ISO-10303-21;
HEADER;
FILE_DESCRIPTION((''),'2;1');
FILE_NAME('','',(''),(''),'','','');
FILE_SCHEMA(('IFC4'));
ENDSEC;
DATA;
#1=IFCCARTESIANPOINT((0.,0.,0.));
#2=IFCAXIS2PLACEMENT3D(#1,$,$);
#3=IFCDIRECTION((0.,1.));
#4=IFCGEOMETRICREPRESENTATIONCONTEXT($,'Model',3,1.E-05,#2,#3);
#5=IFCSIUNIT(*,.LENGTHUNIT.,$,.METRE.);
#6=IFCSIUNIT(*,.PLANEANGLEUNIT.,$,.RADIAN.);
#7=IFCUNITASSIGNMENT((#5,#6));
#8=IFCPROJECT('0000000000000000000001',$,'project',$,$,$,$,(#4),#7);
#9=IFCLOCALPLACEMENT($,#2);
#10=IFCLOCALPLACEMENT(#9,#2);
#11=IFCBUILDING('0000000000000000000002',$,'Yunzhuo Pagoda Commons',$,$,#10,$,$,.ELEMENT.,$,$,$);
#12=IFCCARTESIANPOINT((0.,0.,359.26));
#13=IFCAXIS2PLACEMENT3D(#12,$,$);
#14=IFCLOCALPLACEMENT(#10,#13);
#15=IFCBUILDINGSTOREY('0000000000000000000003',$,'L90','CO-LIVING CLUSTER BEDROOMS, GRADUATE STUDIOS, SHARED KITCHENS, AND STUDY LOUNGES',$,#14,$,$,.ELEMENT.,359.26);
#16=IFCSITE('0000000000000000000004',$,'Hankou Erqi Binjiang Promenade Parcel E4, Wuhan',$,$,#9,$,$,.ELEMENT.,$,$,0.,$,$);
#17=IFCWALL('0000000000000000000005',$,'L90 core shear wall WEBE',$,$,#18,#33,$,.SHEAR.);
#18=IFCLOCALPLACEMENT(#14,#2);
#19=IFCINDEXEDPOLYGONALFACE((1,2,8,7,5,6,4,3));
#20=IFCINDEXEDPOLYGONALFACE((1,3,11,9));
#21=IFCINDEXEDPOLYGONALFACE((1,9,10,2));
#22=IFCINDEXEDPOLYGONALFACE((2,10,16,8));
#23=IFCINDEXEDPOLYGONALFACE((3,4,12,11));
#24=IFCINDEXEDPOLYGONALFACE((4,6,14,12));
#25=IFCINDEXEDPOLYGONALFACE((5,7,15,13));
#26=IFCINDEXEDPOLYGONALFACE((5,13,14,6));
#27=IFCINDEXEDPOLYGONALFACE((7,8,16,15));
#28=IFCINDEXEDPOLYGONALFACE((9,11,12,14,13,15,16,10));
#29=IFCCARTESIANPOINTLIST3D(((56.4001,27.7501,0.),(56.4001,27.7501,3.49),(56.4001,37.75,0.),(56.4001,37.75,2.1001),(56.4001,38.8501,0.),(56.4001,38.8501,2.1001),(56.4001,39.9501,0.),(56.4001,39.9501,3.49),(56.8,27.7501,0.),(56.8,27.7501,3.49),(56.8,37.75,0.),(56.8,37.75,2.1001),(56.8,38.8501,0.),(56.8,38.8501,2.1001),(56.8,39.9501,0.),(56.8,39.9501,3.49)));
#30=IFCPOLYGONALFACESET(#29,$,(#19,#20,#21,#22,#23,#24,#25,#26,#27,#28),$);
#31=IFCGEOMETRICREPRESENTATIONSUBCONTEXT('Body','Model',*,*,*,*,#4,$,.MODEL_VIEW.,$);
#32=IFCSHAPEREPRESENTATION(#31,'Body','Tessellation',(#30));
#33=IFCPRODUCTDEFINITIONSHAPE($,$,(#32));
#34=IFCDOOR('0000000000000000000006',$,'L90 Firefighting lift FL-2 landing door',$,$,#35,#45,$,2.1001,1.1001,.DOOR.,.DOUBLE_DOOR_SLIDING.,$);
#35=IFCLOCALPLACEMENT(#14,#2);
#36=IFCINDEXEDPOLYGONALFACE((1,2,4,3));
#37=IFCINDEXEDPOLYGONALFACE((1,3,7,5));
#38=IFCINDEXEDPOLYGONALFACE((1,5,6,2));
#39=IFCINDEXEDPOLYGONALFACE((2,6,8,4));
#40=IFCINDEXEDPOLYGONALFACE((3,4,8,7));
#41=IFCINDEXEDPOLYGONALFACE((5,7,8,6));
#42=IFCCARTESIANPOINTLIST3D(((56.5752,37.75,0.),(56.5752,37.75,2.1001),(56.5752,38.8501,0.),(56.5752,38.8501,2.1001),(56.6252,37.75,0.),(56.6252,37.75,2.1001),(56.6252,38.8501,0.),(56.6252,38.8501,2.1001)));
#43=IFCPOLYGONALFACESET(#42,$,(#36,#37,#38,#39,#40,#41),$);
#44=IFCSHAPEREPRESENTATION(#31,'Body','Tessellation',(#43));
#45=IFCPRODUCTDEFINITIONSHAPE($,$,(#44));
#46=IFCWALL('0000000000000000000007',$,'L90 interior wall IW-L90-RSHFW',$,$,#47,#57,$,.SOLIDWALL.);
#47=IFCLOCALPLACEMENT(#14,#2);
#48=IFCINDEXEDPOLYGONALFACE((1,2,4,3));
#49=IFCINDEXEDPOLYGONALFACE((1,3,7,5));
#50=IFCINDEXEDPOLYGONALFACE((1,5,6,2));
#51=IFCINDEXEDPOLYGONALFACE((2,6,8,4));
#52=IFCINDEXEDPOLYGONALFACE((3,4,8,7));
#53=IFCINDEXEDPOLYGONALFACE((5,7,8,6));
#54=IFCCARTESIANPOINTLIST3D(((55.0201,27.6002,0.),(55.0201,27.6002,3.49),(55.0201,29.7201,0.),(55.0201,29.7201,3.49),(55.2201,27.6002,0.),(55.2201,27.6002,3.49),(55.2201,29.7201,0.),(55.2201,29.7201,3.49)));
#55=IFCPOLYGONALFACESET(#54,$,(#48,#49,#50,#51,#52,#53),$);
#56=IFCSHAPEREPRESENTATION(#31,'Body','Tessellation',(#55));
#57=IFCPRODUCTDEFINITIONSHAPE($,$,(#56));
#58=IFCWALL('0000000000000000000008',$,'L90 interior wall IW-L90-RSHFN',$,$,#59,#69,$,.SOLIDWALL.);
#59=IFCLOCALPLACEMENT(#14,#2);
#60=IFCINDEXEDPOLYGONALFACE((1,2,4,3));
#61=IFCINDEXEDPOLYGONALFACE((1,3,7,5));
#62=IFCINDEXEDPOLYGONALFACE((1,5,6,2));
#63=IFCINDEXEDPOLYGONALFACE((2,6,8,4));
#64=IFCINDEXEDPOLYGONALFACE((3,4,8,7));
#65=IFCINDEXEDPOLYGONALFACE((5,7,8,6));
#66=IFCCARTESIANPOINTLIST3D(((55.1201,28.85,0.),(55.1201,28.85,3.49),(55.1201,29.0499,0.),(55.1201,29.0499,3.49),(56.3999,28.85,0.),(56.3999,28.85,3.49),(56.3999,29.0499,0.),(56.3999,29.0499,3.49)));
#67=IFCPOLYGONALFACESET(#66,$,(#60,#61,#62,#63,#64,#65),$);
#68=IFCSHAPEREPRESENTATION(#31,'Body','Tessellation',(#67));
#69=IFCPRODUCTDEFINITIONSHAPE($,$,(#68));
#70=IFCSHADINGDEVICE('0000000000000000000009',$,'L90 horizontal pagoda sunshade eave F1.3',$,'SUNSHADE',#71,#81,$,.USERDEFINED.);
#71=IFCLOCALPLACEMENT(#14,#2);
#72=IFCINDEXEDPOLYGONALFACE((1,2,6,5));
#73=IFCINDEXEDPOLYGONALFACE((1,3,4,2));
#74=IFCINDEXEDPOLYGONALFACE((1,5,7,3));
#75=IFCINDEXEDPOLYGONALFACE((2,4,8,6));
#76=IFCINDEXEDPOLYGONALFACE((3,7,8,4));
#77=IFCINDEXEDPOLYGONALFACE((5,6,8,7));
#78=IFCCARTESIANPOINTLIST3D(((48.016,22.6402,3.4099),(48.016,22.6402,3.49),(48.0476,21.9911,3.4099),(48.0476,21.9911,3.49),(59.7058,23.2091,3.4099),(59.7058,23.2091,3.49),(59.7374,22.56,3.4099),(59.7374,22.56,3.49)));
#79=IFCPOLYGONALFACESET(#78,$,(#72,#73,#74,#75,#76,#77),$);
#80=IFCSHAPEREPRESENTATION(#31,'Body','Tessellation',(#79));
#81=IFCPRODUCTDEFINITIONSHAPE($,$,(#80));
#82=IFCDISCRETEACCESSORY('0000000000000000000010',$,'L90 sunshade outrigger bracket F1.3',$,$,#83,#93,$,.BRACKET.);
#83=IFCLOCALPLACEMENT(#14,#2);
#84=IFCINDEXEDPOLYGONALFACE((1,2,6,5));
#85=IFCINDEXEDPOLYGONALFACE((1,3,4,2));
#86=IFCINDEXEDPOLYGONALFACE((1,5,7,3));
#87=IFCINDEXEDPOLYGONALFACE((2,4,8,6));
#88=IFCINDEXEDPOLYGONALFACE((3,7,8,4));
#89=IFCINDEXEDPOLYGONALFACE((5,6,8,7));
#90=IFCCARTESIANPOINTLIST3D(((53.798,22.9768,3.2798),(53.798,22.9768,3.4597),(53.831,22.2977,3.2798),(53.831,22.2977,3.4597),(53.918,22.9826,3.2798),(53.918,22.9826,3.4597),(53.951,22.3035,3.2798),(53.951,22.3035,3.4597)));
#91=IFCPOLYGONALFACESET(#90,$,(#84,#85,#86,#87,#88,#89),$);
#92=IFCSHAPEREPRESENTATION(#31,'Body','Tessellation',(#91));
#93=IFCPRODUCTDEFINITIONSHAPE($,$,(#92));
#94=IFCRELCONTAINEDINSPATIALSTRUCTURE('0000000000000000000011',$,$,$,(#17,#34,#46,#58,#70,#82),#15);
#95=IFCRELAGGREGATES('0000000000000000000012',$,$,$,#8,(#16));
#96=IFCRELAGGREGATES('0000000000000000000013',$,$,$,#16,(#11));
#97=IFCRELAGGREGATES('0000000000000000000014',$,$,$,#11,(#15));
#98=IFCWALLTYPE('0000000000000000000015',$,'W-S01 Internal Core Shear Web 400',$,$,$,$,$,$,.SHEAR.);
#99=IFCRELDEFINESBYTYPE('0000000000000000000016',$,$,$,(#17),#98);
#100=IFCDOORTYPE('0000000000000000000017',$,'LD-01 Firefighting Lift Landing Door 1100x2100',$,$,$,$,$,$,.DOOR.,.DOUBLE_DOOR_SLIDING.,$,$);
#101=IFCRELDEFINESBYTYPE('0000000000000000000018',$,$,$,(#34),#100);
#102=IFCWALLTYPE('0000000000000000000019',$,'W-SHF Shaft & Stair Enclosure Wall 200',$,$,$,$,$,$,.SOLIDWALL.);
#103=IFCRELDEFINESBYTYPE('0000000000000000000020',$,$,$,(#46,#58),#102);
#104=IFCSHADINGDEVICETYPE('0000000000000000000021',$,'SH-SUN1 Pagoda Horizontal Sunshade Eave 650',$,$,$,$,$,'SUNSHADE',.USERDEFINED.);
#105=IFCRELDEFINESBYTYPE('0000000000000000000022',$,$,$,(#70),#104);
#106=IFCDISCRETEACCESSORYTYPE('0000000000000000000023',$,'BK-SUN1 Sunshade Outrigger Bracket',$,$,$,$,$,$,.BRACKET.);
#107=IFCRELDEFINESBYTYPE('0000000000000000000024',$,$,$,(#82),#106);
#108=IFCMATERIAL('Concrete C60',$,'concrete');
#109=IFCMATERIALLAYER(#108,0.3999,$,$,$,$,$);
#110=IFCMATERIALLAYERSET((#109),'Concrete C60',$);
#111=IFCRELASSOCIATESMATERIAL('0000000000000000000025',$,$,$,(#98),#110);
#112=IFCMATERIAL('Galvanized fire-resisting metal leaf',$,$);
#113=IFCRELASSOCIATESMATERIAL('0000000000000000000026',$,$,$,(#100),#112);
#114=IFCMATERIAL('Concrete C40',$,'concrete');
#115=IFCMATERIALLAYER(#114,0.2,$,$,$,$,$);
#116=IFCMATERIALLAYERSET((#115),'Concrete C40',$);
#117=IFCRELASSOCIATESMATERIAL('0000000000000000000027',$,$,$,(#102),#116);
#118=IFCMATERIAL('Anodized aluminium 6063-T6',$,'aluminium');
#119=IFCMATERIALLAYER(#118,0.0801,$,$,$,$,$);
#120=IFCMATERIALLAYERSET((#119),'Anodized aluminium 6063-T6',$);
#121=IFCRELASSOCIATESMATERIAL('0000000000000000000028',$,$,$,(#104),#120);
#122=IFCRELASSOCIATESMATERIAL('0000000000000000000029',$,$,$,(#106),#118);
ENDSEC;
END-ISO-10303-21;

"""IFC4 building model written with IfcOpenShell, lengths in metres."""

from ifc_helpers import new_model, si_unit, direction, frame, frame_2d, origin, origin_with_axes, origin_2d, place, context, subcontext, project, spatial, rectangle, extrude, source, transform, mapped, material, layer, layer_set, type_object, element, fill, save


model = new_model("IFC4")

# Units and contexts
model_context = context("Model", 3, precision=1e-05, world=origin(), true_north=direction((0.0, 1.0)))
body_context = subcontext(model_context, "Body", "Model", "MODEL_VIEW")
ifc_project = project(units=[si_unit("LENGTHUNIT", "METRE"), si_unit("PLANEANGLEUNIT", "RADIAN")], contexts=[model_context])

# Site, building, storey
site_placement = place(None, origin())
site = spatial("IfcSite", under=ifc_project, at=site_placement, Name="Hankou Erqi Binjiang Promenade Parcel E4, Wuhan", CompositionType="ELEMENT", RefElevation=0.0)
building_placement = place(site_placement, origin())
building = spatial("IfcBuilding", under=site, at=building_placement, Name="Yunzhuo Pagoda Commons", CompositionType="ELEMENT")
storey_placement = place(building_placement, frame((0.0, 0.0, 359.26)))
storey = spatial("IfcBuildingStorey", under=building, at=storey_placement, Name="L90", Description="CO-LIVING CLUSTER BEDROOMS, GRADUATE STUDIOS, SHARED KITCHENS, AND STUDY LOUNGES", CompositionType="ELEMENT", Elevation=359.26)

# Shared definitions
ifc_material_1 = material(Name="Anodized aluminium 6063-T6", Category="aluminium")

# Shared definitions
ifc_material_2 = material(Name="Galvanized fire-resisting metal leaf")

# Wall, opening, door
ifc_material_3 = material(Name="Concrete C60", Category="concrete")
ifc_layer_1 = layer(ifc_material_3, 0.3999)
ifc_layer_set_1 = layer_set([ifc_layer_1], Name="Concrete C60")
wall_type_1 = type_object("IfcWallType", Name="W-S01 Internal Core Shear Web 400", PredefinedType="SHEAR", material=ifc_layer_set_1)
wall_1_placement = place(storey_placement, frame((56.6001, 27.75, 0.0), z_axis=(0.0, 0.0, 1.0), x_axis=(0.0, 1.0, 0.0)))
wall_1 = element("IfcWall", 1, at=wall_1_placement, inside=storey, type_object=wall_type_1, Name="L90 core shear wall WEBE", PredefinedType="SHEAR", context=body_context, shape_type="SweptSolid", body=[
    extrude(rectangle(XDim=12.2, YDim=0.3999, at=frame_2d((6.1001, 0.0))), origin(), (0.0, 0.0, 1.0), 3.49),
])
opening_1_placement = place(wall_1_placement, frame((10.0, 0.0, 0.0)))
opening_1 = element("IfcOpeningElement", 2, at=opening_1_placement, cuts=wall_1, PredefinedType="OPENING", context=body_context, shape_type="SweptSolid", body=[
    extrude(rectangle(XDim=1.1001, YDim=2.1001, at=frame_2d((0.55, 1.05))), frame((0.0, 0.21, 0.0), z_axis=(0.0, -1.0, 0.0), x_axis=(1.0, 0.0, 0.0)), (0.0, 0.0, 1.0), 0.4199),
])
door_type_1 = type_object("IfcDoorType", Name="LD-01 Firefighting Lift Landing Door 1100x2100", OperationType="DOUBLE_DOOR_SLIDING", PredefinedType="DOOR", material=ifc_material_2)
shared_shape_1 = source(origin(), body_context, "Body", "SweptSolid", [
    extrude(rectangle(XDim=1.1001, YDim=2.1001, at=frame_2d((0.55, 1.05))), frame((0.0, 0.0249, 0.0), z_axis=(0.0, -1.0, 0.0), x_axis=(1.0, 0.0, 0.0)), (0.0, 0.0, 1.0), 0.05),
])
door_1_placement = place(opening_1_placement, origin_with_axes())
door_1 = element("IfcDoor", 3, at=door_1_placement, inside=storey, type_object=door_type_1, Name="L90 Firefighting lift FL-2 landing door", OperationType="DOUBLE_DOOR_SLIDING", OverallHeight=2.1001, OverallWidth=1.1001, PredefinedType="DOOR", context=body_context, shape_type="MappedRepresentation", body=[
    mapped(shared_shape_1, transform((0.0, 0.0, 0.0), scale=1.0)),
])
fill(opening_1, door_1)

# Walls
ifc_material_4 = material(Name="Concrete C40", Category="concrete")
ifc_layer_2 = layer(ifc_material_4, 0.2)
ifc_layer_set_2 = layer_set([ifc_layer_2], Name="Concrete C40")
wall_type_2 = type_object("IfcWallType", Name="W-SHF Shaft & Stair Enclosure Wall 200", PredefinedType="SOLIDWALL", material=ifc_layer_set_2)
wall_2_placement = place(storey_placement, frame((55.1201, 27.6001, 0.0), z_axis=(0.0, 0.0, 1.0), x_axis=(0.0, 1.0, 0.0)))
element("IfcWall", 4, at=wall_2_placement, inside=storey, type_object=wall_type_2, Name="L90 interior wall IW-L90-RSHFW", PredefinedType="SOLIDWALL", context=body_context, shape_type="SweptSolid", body=[
    extrude(rectangle(XDim=2.1199, YDim=0.2, at=frame_2d((1.0601, 0.0))), origin(), (0.0, 0.0, 1.0), 3.49),
])
wall_3_placement = place(storey_placement, frame((55.1201, 28.95, 0.0), z_axis=(0.0, 0.0, 1.0), x_axis=(1.0, 0.0, 0.0)))
element("IfcWall", 5, at=wall_3_placement, inside=storey, type_object=wall_type_2, Name="L90 interior wall IW-L90-RSHFN", PredefinedType="SOLIDWALL", context=body_context, shape_type="SweptSolid", body=[
    extrude(rectangle(XDim=1.2798, YDim=0.2, at=frame_2d((0.6399, 0.0))), origin(), (0.0, 0.0, 1.0), 3.49),
])

# Shading device
ifc_layer_3 = layer(ifc_material_1, 0.0801)
ifc_layer_set_3 = layer_set([ifc_layer_3], Name="Anodized aluminium 6063-T6")
shading_device_type = type_object("IfcShadingDeviceType", Name="SH-SUN1 Pagoda Horizontal Sunshade Eave 650", ElementType="SUNSHADE", PredefinedType="USERDEFINED", material=ifc_layer_set_3)
shared_shape_2 = source(origin(), body_context, "Body", "SweptSolid", [
    extrude(rectangle(XDim=11.7036, YDim=0.6499, at=origin_2d()), origin(), (0.0, 0.0, 1.0), 0.0801),
])
shading_device_placement = place(storey_placement, frame((53.8767, 22.6001, 3.4099), z_axis=(0.0, 0.0, 1.0), x_axis=(0.998818, 0.048606, 0.0)))
element("IfcShadingDevice", 6, at=shading_device_placement, inside=storey, type_object=shading_device_type, Name="L90 horizontal pagoda sunshade eave F1.3", ObjectType="SUNSHADE", PredefinedType="USERDEFINED", context=body_context, shape_type="MappedRepresentation", body=[
    mapped(shared_shape_2, transform((0.0, 0.0, 0.0), scale=1.0)),
])

# Discrete accessory
discrete_accessory_type = type_object("IfcDiscreteAccessoryType", Name="BK-SUN1 Sunshade Outrigger Bracket", PredefinedType="BRACKET", material=ifc_material_1)
shared_shape_3 = source(origin(), body_context, "Body", "SweptSolid", [
    extrude(rectangle(XDim=0.1201, YDim=0.6799, at=origin_2d()), origin(), (0.0, 0.0, 1.0), 0.1799),
])
discrete_accessory_placement = place(storey_placement, frame((53.8745, 22.6401, 3.2798), z_axis=(0.0, 0.0, 1.0), x_axis=(0.998818, 0.048606, 0.0)))
element("IfcDiscreteAccessory", 7, at=discrete_accessory_placement, inside=storey, type_object=discrete_accessory_type, Name="L90 sunshade outrigger bracket F1.3", PredefinedType="BRACKET", context=body_context, shape_type="MappedRepresentation", body=[
    mapped(shared_shape_3, transform((0.0, 0.0, 0.0), scale=1.0)),
])

save(model, "model.ifc")
